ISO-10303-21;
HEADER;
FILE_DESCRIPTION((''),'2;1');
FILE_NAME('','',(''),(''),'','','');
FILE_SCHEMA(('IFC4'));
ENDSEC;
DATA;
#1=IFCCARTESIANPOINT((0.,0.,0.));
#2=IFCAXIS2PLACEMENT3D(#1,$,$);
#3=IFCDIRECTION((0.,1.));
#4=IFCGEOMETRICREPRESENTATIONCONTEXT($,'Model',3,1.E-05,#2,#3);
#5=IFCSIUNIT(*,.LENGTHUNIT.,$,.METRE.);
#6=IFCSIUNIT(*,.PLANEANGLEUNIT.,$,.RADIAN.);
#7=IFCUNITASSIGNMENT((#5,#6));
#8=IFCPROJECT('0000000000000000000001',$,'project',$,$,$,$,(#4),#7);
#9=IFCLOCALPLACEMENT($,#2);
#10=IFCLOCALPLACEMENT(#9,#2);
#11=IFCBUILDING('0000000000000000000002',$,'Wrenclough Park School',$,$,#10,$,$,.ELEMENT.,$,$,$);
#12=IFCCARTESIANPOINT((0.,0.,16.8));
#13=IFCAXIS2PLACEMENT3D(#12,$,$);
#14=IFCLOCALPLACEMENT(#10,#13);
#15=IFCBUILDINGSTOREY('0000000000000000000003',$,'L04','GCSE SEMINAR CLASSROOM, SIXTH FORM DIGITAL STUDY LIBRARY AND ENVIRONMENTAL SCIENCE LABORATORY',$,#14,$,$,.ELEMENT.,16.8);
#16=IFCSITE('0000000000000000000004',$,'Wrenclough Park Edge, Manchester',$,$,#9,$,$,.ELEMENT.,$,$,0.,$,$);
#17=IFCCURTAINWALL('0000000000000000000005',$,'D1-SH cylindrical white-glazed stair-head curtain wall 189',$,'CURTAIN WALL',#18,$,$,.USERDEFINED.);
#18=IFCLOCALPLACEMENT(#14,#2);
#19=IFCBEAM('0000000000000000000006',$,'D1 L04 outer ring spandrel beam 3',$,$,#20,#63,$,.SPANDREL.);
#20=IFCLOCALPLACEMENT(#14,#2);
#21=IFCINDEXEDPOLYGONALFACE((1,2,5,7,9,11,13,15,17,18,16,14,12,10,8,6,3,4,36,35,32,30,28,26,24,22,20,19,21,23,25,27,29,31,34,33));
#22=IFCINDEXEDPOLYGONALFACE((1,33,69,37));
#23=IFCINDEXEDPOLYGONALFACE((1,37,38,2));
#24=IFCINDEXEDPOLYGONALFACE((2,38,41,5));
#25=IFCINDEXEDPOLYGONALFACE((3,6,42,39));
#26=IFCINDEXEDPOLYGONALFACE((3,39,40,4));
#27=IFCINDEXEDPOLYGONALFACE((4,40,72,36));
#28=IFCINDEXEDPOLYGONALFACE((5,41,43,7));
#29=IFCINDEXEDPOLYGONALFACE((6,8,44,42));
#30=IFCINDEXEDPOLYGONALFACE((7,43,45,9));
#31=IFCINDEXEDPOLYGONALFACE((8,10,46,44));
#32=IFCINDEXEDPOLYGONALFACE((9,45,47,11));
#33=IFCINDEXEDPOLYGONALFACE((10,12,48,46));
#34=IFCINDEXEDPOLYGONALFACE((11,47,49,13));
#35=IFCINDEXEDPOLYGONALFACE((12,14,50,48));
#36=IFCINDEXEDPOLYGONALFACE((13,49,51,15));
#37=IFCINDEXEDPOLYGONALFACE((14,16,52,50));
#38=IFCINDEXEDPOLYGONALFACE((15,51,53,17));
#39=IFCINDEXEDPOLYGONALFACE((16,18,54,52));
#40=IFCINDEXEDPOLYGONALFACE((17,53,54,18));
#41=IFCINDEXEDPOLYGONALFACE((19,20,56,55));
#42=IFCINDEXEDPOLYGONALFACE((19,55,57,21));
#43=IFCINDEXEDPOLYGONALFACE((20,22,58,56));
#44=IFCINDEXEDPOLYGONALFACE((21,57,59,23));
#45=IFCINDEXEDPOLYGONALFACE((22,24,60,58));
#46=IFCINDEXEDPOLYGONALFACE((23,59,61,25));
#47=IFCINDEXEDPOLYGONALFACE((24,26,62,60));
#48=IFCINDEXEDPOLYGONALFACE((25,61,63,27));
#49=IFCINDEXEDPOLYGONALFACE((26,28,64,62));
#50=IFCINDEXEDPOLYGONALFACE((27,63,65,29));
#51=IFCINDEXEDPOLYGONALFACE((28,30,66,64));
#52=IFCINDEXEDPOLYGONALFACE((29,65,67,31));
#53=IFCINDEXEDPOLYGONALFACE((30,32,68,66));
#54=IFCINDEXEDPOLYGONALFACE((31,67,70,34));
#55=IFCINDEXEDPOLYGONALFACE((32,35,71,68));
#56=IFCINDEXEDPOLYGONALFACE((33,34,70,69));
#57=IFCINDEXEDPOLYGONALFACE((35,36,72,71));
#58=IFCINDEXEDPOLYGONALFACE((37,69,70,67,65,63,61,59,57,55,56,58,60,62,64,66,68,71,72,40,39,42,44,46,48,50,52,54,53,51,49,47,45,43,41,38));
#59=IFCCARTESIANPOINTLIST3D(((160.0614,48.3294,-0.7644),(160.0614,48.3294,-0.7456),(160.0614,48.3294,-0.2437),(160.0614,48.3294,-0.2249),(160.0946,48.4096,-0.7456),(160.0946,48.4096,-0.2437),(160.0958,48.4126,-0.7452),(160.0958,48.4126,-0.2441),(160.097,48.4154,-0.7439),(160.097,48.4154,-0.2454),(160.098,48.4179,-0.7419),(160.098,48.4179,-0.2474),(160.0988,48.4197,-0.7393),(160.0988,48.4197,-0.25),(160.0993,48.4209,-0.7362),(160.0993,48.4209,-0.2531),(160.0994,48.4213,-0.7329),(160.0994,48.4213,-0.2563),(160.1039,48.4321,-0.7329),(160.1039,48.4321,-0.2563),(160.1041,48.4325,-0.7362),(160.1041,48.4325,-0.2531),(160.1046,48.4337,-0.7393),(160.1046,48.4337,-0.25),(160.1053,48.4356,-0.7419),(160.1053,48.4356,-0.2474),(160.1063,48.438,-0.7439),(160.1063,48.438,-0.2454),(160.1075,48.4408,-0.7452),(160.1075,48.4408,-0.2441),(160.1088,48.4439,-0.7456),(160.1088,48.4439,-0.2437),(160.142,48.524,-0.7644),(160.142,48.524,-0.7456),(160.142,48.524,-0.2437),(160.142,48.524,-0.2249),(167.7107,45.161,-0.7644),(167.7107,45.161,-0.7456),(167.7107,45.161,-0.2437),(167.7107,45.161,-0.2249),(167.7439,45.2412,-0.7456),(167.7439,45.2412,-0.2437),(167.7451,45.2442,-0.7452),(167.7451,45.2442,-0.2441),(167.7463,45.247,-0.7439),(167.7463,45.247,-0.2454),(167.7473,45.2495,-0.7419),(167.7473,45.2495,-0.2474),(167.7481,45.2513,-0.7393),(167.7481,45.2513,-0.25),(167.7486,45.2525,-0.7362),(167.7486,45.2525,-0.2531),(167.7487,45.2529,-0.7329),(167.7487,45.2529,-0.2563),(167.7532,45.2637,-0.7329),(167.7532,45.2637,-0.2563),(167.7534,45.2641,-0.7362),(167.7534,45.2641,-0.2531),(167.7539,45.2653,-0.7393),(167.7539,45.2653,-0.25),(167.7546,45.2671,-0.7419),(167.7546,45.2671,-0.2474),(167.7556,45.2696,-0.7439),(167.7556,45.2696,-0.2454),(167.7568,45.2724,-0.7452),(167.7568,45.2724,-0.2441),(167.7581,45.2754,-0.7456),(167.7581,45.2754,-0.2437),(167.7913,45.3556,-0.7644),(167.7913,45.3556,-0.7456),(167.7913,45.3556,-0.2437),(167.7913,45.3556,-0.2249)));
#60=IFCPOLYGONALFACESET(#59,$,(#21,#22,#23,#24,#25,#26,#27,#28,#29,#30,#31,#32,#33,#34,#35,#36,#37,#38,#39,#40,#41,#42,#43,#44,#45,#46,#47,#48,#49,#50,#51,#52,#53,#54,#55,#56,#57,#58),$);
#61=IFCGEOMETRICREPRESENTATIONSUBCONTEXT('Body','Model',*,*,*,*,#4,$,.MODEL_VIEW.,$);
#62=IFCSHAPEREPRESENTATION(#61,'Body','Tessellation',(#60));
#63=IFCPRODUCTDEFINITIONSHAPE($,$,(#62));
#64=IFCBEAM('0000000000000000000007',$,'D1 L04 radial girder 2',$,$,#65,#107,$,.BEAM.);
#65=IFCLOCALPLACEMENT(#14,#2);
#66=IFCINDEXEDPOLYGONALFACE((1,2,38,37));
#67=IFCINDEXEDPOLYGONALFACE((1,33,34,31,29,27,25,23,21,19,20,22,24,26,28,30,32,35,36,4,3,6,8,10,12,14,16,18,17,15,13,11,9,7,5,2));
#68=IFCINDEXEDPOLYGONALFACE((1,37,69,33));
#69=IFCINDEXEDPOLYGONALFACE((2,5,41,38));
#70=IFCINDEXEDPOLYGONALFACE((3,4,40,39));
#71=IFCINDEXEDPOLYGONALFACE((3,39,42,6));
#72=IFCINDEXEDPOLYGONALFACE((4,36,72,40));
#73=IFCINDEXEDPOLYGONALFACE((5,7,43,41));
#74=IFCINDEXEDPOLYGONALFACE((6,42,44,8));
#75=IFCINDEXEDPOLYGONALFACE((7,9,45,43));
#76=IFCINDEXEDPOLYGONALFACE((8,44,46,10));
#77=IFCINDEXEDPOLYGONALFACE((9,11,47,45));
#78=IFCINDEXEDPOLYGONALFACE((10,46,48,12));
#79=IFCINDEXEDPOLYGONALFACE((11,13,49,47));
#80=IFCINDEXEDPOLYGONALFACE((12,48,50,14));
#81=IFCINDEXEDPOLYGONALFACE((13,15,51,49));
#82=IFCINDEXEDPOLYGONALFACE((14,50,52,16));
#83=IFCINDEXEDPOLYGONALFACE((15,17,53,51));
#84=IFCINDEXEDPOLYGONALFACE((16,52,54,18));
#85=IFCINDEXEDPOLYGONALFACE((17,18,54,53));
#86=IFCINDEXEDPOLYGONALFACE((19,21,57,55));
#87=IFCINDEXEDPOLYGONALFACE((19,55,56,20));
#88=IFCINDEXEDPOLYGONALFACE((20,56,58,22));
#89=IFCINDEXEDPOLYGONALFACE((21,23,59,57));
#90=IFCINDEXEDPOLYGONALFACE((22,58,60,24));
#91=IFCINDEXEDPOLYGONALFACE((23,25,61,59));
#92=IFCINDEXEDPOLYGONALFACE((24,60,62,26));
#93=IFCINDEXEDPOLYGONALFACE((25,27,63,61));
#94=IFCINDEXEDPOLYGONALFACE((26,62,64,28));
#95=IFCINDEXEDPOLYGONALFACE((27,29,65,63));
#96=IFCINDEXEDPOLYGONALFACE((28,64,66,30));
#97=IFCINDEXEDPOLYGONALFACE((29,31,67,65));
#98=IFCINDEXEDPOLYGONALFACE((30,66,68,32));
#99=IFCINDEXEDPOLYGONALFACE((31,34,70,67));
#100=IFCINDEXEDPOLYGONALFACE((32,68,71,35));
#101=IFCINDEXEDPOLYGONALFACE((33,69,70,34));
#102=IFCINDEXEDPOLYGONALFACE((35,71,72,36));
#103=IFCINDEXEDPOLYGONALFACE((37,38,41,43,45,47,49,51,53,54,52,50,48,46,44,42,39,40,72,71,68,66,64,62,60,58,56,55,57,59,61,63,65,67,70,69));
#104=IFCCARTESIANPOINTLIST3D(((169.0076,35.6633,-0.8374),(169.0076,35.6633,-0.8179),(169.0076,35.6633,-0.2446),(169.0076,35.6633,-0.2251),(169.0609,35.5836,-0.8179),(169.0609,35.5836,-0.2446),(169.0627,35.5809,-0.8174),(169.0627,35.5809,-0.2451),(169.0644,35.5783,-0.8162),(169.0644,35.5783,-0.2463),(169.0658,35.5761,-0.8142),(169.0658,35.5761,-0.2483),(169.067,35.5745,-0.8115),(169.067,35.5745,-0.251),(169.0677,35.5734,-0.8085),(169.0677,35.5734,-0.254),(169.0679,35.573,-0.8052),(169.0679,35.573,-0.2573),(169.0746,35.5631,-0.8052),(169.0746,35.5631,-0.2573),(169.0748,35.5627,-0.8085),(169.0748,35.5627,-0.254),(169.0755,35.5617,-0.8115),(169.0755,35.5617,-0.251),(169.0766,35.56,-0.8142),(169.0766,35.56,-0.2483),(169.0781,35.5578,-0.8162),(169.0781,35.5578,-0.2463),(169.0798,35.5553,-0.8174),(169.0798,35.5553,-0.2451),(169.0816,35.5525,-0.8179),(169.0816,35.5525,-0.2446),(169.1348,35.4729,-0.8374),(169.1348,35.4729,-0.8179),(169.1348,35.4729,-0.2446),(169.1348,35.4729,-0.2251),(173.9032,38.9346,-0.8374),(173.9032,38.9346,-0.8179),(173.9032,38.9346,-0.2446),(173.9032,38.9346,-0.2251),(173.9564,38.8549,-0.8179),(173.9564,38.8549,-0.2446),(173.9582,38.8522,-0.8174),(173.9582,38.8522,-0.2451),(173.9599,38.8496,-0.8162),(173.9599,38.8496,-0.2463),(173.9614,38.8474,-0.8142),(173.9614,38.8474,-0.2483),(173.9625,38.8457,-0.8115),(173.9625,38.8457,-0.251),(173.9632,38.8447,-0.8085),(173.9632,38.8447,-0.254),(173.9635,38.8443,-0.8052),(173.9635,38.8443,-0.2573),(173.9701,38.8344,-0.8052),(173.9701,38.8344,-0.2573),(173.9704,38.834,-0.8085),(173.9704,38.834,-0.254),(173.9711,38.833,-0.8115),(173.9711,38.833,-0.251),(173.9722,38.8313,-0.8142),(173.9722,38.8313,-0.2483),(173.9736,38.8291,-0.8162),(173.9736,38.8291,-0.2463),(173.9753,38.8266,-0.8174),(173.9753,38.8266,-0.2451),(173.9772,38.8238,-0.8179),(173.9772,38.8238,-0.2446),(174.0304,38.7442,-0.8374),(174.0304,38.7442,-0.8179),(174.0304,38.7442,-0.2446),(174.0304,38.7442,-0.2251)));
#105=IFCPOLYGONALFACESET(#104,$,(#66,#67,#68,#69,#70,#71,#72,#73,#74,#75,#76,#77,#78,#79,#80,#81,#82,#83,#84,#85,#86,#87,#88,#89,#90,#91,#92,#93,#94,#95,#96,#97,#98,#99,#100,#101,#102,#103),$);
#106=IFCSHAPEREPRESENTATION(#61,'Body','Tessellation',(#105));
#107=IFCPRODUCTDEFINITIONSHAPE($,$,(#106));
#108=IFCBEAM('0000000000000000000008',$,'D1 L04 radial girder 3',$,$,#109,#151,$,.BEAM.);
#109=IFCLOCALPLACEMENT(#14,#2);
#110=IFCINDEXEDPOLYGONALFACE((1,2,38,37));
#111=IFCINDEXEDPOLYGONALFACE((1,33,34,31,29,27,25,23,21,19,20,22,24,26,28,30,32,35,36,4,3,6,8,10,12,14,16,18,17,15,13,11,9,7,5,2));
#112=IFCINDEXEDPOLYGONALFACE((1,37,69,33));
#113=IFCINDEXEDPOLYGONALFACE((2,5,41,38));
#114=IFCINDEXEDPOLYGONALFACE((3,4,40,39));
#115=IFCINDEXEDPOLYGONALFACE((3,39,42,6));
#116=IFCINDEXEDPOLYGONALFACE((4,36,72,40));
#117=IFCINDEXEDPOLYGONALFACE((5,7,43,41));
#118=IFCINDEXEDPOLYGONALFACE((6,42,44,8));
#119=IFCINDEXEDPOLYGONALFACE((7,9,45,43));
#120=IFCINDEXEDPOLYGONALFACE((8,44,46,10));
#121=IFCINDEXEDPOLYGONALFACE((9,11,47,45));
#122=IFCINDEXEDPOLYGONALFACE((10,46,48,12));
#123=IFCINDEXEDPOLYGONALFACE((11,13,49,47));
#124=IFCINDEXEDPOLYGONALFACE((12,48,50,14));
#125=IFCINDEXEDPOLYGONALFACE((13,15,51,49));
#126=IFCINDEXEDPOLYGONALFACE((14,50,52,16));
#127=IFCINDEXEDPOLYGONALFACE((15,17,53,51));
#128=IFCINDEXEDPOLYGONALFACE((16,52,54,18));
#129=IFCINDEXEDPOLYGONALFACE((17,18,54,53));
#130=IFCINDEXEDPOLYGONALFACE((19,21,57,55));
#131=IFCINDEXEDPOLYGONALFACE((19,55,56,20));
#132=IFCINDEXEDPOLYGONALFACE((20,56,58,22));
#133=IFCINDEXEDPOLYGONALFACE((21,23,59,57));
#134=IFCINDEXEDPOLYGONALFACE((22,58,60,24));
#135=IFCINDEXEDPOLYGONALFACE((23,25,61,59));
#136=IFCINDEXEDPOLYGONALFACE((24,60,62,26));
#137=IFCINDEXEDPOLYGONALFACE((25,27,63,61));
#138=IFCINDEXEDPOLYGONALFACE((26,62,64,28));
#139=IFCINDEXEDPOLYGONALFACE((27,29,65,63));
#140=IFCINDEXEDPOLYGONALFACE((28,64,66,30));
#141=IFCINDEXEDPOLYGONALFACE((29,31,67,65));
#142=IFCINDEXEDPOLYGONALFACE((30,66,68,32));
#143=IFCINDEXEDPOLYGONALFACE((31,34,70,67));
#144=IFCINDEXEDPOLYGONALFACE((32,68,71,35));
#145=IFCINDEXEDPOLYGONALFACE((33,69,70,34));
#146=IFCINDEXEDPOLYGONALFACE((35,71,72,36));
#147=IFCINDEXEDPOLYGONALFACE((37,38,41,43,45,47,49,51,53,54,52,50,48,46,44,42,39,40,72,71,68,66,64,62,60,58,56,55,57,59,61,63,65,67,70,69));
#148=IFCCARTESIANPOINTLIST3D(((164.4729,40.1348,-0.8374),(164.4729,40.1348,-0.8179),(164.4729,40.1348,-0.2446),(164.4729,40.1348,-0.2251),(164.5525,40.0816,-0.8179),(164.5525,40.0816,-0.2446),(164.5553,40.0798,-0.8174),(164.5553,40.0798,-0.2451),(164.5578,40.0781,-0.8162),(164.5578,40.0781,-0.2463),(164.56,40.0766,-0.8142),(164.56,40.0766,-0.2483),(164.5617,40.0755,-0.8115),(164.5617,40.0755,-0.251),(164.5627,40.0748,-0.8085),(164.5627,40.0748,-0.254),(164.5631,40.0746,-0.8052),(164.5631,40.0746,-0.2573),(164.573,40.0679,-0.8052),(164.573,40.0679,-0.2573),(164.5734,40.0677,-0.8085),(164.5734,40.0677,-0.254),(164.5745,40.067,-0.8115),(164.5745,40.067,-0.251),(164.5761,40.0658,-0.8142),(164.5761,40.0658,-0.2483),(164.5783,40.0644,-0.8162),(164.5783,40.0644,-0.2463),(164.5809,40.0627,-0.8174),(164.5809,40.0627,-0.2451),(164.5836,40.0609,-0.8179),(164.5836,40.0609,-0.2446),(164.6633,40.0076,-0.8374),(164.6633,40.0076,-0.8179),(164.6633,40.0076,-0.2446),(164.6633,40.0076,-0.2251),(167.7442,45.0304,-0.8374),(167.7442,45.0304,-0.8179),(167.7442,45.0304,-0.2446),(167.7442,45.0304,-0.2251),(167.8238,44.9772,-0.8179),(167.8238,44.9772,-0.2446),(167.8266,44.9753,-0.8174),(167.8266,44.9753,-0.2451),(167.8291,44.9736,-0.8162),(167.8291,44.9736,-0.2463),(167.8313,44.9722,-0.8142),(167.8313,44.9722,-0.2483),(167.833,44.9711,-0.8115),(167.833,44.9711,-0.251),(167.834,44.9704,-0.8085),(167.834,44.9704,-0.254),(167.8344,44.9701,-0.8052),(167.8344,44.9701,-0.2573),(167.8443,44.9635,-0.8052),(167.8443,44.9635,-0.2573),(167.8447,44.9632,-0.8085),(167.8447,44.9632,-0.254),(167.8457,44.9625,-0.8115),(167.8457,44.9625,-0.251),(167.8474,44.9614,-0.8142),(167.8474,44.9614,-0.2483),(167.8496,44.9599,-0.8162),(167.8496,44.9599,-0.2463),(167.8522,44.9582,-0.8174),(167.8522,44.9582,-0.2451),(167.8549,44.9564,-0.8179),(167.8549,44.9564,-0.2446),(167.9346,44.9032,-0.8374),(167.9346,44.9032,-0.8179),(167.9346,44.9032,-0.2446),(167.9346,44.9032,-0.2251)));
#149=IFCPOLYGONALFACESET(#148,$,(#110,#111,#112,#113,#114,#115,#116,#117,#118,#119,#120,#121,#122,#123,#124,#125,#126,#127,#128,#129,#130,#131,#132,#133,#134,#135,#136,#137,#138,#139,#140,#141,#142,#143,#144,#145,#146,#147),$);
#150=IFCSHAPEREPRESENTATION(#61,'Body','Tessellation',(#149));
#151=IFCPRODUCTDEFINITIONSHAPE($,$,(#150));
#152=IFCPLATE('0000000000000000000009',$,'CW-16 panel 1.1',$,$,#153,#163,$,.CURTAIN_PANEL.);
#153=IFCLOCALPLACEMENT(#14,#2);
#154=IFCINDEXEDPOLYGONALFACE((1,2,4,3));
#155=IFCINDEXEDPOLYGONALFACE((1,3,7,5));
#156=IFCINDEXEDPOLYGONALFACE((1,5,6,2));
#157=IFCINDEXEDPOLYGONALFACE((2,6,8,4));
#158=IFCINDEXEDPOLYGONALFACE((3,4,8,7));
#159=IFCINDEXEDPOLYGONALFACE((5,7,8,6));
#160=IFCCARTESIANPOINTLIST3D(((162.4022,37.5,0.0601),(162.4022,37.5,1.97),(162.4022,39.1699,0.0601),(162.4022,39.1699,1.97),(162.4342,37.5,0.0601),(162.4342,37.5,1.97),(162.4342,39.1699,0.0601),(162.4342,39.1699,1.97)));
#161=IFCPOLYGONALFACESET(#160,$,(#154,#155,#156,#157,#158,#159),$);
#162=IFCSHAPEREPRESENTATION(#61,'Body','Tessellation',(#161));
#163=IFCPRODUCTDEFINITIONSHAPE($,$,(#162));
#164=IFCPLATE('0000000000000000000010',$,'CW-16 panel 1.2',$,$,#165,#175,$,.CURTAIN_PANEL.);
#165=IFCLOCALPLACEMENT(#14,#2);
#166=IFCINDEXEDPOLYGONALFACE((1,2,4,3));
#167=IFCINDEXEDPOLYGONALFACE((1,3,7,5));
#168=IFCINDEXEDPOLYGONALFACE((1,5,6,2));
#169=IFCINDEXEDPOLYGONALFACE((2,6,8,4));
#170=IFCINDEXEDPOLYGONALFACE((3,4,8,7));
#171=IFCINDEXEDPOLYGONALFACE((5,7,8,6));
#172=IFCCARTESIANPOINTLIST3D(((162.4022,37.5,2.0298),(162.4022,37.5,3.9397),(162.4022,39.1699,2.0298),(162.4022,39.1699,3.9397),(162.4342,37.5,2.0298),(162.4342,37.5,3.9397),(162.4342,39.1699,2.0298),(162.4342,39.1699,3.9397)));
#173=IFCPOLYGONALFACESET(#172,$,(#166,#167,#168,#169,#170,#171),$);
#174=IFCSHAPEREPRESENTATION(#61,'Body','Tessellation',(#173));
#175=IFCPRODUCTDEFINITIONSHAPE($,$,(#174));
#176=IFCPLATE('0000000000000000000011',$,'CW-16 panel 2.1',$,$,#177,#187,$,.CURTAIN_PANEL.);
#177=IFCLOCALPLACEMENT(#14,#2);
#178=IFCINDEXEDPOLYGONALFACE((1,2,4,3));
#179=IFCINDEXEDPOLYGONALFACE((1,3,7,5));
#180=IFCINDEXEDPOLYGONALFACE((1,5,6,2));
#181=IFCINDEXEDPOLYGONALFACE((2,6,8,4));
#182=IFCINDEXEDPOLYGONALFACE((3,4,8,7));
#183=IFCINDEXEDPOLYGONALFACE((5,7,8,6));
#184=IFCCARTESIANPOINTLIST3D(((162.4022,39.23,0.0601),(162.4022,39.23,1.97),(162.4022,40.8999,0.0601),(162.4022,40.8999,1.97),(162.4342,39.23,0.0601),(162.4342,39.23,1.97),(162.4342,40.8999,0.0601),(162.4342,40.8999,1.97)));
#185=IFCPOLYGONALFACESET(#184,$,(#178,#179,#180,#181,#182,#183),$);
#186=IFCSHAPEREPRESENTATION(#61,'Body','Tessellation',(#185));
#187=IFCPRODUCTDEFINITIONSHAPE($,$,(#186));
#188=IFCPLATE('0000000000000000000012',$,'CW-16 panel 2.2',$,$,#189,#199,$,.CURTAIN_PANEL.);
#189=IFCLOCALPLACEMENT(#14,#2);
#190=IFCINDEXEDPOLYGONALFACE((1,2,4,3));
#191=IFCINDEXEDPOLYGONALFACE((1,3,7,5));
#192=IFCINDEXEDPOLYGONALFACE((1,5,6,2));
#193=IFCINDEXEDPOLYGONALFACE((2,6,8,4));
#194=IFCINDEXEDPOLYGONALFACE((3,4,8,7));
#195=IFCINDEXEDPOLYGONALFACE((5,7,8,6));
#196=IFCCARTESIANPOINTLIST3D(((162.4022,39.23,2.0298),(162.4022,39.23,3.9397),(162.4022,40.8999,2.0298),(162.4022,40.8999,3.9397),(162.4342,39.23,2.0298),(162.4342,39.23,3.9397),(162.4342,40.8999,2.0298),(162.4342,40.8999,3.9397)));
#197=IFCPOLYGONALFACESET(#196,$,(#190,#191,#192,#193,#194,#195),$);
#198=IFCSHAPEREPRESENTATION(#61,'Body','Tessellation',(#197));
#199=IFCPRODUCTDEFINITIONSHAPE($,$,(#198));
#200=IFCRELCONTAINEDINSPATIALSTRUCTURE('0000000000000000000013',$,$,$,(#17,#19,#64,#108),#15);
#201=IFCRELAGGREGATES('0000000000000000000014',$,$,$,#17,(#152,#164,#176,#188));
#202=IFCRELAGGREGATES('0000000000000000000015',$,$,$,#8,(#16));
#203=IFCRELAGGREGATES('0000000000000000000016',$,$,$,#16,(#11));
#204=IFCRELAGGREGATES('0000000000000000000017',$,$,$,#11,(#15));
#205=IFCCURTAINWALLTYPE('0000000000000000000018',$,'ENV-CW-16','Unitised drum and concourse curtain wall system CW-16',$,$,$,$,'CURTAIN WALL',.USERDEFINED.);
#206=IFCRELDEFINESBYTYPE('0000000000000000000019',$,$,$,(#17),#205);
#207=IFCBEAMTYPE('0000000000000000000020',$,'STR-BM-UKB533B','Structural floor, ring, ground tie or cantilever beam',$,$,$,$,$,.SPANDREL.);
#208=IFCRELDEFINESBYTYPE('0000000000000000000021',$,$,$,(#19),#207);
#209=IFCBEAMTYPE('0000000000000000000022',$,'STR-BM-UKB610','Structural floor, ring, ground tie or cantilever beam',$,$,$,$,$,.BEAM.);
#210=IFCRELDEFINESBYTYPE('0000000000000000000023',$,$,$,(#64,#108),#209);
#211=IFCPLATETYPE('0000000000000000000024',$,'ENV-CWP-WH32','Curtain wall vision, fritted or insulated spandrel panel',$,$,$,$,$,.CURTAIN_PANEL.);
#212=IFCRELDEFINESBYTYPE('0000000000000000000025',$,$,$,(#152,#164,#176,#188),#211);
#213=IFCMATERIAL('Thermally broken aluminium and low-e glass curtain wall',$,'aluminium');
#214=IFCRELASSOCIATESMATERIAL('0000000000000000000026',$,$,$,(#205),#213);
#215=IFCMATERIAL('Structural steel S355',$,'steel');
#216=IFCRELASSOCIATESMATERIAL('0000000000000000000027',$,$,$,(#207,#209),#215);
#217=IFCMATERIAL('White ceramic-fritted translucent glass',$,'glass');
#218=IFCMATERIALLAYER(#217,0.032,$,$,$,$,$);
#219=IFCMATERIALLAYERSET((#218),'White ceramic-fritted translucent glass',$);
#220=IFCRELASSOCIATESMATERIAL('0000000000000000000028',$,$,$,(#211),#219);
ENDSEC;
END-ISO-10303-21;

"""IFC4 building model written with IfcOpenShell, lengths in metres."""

from ifc_helpers import new_model, si_unit, direction, frame, origin, origin_2d, place, context, subcontext, project, spatial, rectangle, i_section, extrude, material, layer, layer_set, material_profile, profile_set, type_object, element, aggregate, save


model = new_model("IFC4")

# Units and contexts
model_context = context("Model", 3, precision=1e-05, world=origin(), true_north=direction((0.0, 1.0)))
body_context = subcontext(model_context, "Body", "Model", "MODEL_VIEW")
ifc_project = project(units=[si_unit("LENGTHUNIT", "METRE"), si_unit("PLANEANGLEUNIT", "RADIAN")], contexts=[model_context])

# Site, building, storey
site_placement = place(None, origin())
site = spatial("IfcSite", under=ifc_project, at=site_placement, Name="Wrenclough Park Edge, Manchester", CompositionType="ELEMENT", RefElevation=0.0)
building_placement = place(site_placement, origin())
building = spatial("IfcBuilding", under=site, at=building_placement, Name="Wrenclough Park School", CompositionType="ELEMENT")
storey_placement = place(building_placement, frame((0.0, 0.0, 16.8)))
storey = spatial("IfcBuildingStorey", under=building, at=storey_placement, Name="L04", Description="GCSE SEMINAR CLASSROOM, SIXTH FORM DIGITAL STUDY LIBRARY AND ENVIRONMENTAL SCIENCE LABORATORY", CompositionType="ELEMENT", Elevation=16.8)

# Shared definitions
ifc_material_1 = material(Name="Structural steel S355", Category="steel")

# Shared definitions
ifc_material_2 = material(Name="Thermally broken aluminium and low-e glass curtain wall", Category="aluminium")
curtain_wall_type = type_object("IfcCurtainWallType", Name="ENV-CW-16", Description="Unitised drum and concourse curtain wall system CW-16", ElementType="CURTAIN WALL", PredefinedType="USERDEFINED", material=ifc_material_2)

# Curtain wall
curtain_wall_1_placement = place(storey_placement, origin())
curtain_wall_1 = element("IfcCurtainWall", 1, at=curtain_wall_1_placement, inside=storey, type_object=curtain_wall_type, Name="D1-SH cylindrical white-glazed stair-head curtain wall 189", ObjectType="CURTAIN WALL", PredefinedType="USERDEFINED")

# Beams
ifc_material_profile_1 = material_profile(ifc_material_1, i_section(OverallWidth=0.2107, OverallDepth=0.5396, WebThickness=0.0117, FlangeThickness=0.0188, FilletRadius=0.0127, at=origin_2d()), Name="UKB 533x210x109")
ifc_profile_set_1 = profile_set([ifc_material_profile_1], Name="Structural steel S355")
beam_type_1 = type_object("IfcBeamType", Name="STR-BM-UKB533B", Description="Structural floor, ring, ground tie or cantilever beam", PredefinedType="SPANDREL", material=ifc_profile_set_1)
for number, where, z_axis, x_axis, name in (
    (2, (167.751, 45.2583, -0.4946), (-0.923881, 0.38268, 0.0), (-0.38268, -0.923881, 0.0), "D1 L04 outer ring spandrel beam 3"),
):
    element("IfcBeam", number, at=place(storey_placement, frame(where, z_axis=z_axis, x_axis=x_axis)), inside=storey, type_object=beam_type_1, Name=name, PredefinedType="SPANDREL", context=body_context, shape_type="SweptSolid", body=[
        extrude(i_section(OverallWidth=0.2107, OverallDepth=0.5396, WebThickness=0.0117, FlangeThickness=0.0188, FilletRadius=0.0127, at=origin_2d()), origin(), (0.0, 0.0, 1.0), 8.2795),
    ])
ifc_material_profile_2 = material_profile(ifc_material_1, i_section(OverallWidth=0.229, OverallDepth=0.6123, WebThickness=0.012, FlangeThickness=0.0195, FilletRadius=0.0127, at=origin_2d()), Name="UKB 610x229x125")
ifc_profile_set_2 = profile_set([ifc_material_profile_2], Name="Structural steel S355")
beam_type_2 = type_object("IfcBeamType", Name="STR-BM-UKB610", Description="Structural floor, ring, ground tie or cantilever beam", PredefinedType="BEAM", material=ifc_profile_set_2)
for number, where, z_axis, x_axis, name in (
    (3, (173.9668, 38.8394, -0.5312), (-0.831457, -0.55559, 0.0), (0.55559, -0.831457, 0.0), "D1 L04 radial girder 2"),
    (4, (167.8394, 44.9668, -0.5312), (-0.55559, -0.831457, 0.0), (0.831457, -0.55559, 0.0), "D1 L04 radial girder 3"),
):
    element("IfcBeam", number, at=place(storey_placement, frame(where, z_axis=z_axis, x_axis=x_axis)), inside=storey, type_object=beam_type_2, Name=name, PredefinedType="BEAM", context=body_context, shape_type="SweptSolid", body=[
        extrude(i_section(OverallWidth=0.229, OverallDepth=0.6123, WebThickness=0.012, FlangeThickness=0.0195, FilletRadius=0.0127, at=origin_2d()), origin(), (0.0, 0.0, 1.0), 5.8879),
    ])

# Plates
ifc_material_3 = material(Name="White ceramic-fritted translucent glass", Category="glass")
ifc_layer_1 = layer(ifc_material_3, 0.032)
ifc_layer_set_1 = layer_set([ifc_layer_1], Name="White ceramic-fritted translucent glass")
plate_type_1 = type_object("IfcPlateType", Name="ENV-CWP-WH32", Description="Curtain wall vision, fritted or insulated spandrel panel", PredefinedType="CURTAIN_PANEL", material=ifc_layer_set_1)
plate_1_placement = place(storey_placement, frame((162.4182, 38.335, 0.0601), z_axis=(0.0, 0.0, 1.0), x_axis=(0.0, 1.0, 0.0)))
plate_1 = element("IfcPlate", 5, at=plate_1_placement, type_object=plate_type_1, Name="CW-16 panel 1.1", PredefinedType="CURTAIN_PANEL", context=body_context, shape_type="SweptSolid", body=[
    extrude(rectangle(XDim=1.6699, YDim=0.032, at=origin_2d()), origin(), (0.0, 0.0, 1.0), 1.9099),
])
plate_2_placement = place(storey_placement, frame((162.4182, 38.335, 2.0298), z_axis=(0.0, 0.0, 1.0), x_axis=(0.0, 1.0, 0.0)))
plate_2 = element("IfcPlate", 6, at=plate_2_placement, type_object=plate_type_1, Name="CW-16 panel 1.2", PredefinedType="CURTAIN_PANEL", context=body_context, shape_type="SweptSolid", body=[
    extrude(rectangle(XDim=1.6699, YDim=0.032, at=origin_2d()), origin(), (0.0, 0.0, 1.0), 1.9099),
])
plate_3_placement = place(storey_placement, frame((162.4182, 40.0649, 0.0601), z_axis=(0.0, 0.0, 1.0), x_axis=(0.0, 1.0, 0.0)))
plate_3 = element("IfcPlate", 7, at=plate_3_placement, type_object=plate_type_1, Name="CW-16 panel 2.1", PredefinedType="CURTAIN_PANEL", context=body_context, shape_type="SweptSolid", body=[
    extrude(rectangle(XDim=1.6699, YDim=0.032, at=origin_2d()), origin(), (0.0, 0.0, 1.0), 1.9099),
])
plate_4_placement = place(storey_placement, frame((162.4182, 40.0649, 2.0298), z_axis=(0.0, 0.0, 1.0), x_axis=(0.0, 1.0, 0.0)))
plate_4 = element("IfcPlate", 8, at=plate_4_placement, type_object=plate_type_1, Name="CW-16 panel 2.2", PredefinedType="CURTAIN_PANEL", context=body_context, shape_type="SweptSolid", body=[
    extrude(rectangle(XDim=1.6699, YDim=0.032, at=origin_2d()), origin(), (0.0, 0.0, 1.0), 1.9099),
])
aggregate(curtain_wall_1, [plate_1, plate_2, plate_3, plate_4])

save(model, "model.ifc")
